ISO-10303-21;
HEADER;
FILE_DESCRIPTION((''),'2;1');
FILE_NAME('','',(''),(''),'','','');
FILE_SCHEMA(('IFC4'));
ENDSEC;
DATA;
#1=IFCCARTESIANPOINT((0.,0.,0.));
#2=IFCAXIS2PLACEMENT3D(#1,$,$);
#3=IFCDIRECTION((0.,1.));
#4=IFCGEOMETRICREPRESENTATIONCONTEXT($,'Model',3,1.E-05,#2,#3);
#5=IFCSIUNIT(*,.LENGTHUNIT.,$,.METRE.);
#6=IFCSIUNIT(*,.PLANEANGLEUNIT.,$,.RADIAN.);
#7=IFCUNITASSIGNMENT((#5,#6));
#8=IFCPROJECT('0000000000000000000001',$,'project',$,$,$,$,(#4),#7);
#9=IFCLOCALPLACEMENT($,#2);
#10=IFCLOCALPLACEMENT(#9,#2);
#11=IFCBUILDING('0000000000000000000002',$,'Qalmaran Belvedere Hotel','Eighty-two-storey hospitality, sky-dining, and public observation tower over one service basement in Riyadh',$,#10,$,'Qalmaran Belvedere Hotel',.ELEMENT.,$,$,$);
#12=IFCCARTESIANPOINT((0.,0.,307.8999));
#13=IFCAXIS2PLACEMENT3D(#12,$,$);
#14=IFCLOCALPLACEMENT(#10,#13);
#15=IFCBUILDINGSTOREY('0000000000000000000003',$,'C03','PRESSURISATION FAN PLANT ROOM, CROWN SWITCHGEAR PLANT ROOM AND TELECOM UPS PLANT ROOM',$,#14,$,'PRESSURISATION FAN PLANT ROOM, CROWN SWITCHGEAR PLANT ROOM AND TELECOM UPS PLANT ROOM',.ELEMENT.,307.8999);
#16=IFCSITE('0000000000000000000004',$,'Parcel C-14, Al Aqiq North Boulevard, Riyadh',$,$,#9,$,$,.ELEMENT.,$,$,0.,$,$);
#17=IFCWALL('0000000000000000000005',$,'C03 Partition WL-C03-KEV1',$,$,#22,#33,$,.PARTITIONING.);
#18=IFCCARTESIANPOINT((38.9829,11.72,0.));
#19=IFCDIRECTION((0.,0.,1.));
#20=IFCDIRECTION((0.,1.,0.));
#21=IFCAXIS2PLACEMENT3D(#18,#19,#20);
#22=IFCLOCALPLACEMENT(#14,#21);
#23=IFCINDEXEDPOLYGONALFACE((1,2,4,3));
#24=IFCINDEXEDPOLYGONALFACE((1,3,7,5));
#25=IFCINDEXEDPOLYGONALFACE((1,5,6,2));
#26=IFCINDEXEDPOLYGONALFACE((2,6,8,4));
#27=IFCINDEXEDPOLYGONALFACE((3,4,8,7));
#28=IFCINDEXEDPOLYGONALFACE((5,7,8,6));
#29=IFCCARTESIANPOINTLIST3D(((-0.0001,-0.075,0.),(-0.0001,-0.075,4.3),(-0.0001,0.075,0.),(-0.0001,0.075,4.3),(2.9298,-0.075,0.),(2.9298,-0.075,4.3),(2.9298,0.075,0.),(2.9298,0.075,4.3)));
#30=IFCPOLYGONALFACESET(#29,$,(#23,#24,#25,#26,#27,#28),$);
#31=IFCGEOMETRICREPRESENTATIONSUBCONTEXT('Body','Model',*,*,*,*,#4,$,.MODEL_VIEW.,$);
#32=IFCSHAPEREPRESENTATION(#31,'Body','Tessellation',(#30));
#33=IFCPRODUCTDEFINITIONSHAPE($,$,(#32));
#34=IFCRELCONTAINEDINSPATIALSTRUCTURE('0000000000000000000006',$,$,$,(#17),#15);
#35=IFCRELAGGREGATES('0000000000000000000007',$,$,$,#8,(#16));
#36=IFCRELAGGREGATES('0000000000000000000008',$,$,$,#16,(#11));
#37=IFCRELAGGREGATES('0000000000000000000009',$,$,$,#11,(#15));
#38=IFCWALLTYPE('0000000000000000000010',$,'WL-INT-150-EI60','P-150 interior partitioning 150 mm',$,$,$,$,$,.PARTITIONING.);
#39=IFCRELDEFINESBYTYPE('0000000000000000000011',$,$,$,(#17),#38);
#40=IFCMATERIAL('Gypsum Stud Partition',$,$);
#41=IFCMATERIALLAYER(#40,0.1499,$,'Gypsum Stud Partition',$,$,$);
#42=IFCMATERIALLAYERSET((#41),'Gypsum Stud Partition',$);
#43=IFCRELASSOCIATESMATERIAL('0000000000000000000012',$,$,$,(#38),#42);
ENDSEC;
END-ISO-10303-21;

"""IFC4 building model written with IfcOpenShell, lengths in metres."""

from ifc_helpers import new_model, si_unit, direction, frame, frame_2d, origin, place, context, subcontext, project, spatial, rectangle, extrude, material, layer, layer_set, type_object, element, save


model = new_model("IFC4")

# Units and contexts
model_context = context("Model", 3, precision=1e-05, world=origin(), true_north=direction((0.0, 1.0)))
body_context = subcontext(model_context, "Body", "Model", "MODEL_VIEW")
ifc_project = project(units=[si_unit("LENGTHUNIT", "METRE"), si_unit("PLANEANGLEUNIT", "RADIAN")], contexts=[model_context])

# Site, building, storey
site_placement = place(None, origin())
site = spatial("IfcSite", under=ifc_project, at=site_placement, Name="Parcel C-14, Al Aqiq North Boulevard, Riyadh", CompositionType="ELEMENT", RefElevation=0.0)
building_placement = place(site_placement, origin())
building = spatial("IfcBuilding", under=site, at=building_placement, Name="Qalmaran Belvedere Hotel", Description="Eighty-two-storey hospitality, sky-dining, and public observation tower over one service basement in Riyadh", LongName="Qalmaran Belvedere Hotel", CompositionType="ELEMENT")
storey_placement = place(building_placement, frame((0.0, 0.0, 307.8999)))
storey = spatial("IfcBuildingStorey", under=building, at=storey_placement, Name="C03", Description="PRESSURISATION FAN PLANT ROOM, CROWN SWITCHGEAR PLANT ROOM AND TELECOM UPS PLANT ROOM", LongName="PRESSURISATION FAN PLANT ROOM, CROWN SWITCHGEAR PLANT ROOM AND TELECOM UPS PLANT ROOM", CompositionType="ELEMENT", Elevation=307.8999)

# Wall
ifc_material_1 = material(Name="Gypsum Stud Partition")
ifc_layer_1 = layer(ifc_material_1, 0.1499, Name="Gypsum Stud Partition")
ifc_layer_set_1 = layer_set([ifc_layer_1], Name="Gypsum Stud Partition")
wall_type_1 = type_object("IfcWallType", Name="WL-INT-150-EI60", Description="P-150 interior partitioning 150 mm", PredefinedType="PARTITIONING", material=ifc_layer_set_1)
wall_1_placement = place(storey_placement, frame((38.9829, 11.72, 0.0), z_axis=(0.0, 0.0, 1.0), x_axis=(0.0, 1.0, 0.0)))
element("IfcWall", 1, at=wall_1_placement, inside=storey, type_object=wall_type_1, Name="C03 Partition WL-C03-KEV1", PredefinedType="PARTITIONING", context=body_context, shape_type="SweptSolid", body=[
    extrude(rectangle(XDim=2.9299, YDim=0.1499, at=frame_2d((1.4648, 0.0))), origin(), (0.0, 0.0, 1.0), 4.3),
])

save(model, "model.ifc")
